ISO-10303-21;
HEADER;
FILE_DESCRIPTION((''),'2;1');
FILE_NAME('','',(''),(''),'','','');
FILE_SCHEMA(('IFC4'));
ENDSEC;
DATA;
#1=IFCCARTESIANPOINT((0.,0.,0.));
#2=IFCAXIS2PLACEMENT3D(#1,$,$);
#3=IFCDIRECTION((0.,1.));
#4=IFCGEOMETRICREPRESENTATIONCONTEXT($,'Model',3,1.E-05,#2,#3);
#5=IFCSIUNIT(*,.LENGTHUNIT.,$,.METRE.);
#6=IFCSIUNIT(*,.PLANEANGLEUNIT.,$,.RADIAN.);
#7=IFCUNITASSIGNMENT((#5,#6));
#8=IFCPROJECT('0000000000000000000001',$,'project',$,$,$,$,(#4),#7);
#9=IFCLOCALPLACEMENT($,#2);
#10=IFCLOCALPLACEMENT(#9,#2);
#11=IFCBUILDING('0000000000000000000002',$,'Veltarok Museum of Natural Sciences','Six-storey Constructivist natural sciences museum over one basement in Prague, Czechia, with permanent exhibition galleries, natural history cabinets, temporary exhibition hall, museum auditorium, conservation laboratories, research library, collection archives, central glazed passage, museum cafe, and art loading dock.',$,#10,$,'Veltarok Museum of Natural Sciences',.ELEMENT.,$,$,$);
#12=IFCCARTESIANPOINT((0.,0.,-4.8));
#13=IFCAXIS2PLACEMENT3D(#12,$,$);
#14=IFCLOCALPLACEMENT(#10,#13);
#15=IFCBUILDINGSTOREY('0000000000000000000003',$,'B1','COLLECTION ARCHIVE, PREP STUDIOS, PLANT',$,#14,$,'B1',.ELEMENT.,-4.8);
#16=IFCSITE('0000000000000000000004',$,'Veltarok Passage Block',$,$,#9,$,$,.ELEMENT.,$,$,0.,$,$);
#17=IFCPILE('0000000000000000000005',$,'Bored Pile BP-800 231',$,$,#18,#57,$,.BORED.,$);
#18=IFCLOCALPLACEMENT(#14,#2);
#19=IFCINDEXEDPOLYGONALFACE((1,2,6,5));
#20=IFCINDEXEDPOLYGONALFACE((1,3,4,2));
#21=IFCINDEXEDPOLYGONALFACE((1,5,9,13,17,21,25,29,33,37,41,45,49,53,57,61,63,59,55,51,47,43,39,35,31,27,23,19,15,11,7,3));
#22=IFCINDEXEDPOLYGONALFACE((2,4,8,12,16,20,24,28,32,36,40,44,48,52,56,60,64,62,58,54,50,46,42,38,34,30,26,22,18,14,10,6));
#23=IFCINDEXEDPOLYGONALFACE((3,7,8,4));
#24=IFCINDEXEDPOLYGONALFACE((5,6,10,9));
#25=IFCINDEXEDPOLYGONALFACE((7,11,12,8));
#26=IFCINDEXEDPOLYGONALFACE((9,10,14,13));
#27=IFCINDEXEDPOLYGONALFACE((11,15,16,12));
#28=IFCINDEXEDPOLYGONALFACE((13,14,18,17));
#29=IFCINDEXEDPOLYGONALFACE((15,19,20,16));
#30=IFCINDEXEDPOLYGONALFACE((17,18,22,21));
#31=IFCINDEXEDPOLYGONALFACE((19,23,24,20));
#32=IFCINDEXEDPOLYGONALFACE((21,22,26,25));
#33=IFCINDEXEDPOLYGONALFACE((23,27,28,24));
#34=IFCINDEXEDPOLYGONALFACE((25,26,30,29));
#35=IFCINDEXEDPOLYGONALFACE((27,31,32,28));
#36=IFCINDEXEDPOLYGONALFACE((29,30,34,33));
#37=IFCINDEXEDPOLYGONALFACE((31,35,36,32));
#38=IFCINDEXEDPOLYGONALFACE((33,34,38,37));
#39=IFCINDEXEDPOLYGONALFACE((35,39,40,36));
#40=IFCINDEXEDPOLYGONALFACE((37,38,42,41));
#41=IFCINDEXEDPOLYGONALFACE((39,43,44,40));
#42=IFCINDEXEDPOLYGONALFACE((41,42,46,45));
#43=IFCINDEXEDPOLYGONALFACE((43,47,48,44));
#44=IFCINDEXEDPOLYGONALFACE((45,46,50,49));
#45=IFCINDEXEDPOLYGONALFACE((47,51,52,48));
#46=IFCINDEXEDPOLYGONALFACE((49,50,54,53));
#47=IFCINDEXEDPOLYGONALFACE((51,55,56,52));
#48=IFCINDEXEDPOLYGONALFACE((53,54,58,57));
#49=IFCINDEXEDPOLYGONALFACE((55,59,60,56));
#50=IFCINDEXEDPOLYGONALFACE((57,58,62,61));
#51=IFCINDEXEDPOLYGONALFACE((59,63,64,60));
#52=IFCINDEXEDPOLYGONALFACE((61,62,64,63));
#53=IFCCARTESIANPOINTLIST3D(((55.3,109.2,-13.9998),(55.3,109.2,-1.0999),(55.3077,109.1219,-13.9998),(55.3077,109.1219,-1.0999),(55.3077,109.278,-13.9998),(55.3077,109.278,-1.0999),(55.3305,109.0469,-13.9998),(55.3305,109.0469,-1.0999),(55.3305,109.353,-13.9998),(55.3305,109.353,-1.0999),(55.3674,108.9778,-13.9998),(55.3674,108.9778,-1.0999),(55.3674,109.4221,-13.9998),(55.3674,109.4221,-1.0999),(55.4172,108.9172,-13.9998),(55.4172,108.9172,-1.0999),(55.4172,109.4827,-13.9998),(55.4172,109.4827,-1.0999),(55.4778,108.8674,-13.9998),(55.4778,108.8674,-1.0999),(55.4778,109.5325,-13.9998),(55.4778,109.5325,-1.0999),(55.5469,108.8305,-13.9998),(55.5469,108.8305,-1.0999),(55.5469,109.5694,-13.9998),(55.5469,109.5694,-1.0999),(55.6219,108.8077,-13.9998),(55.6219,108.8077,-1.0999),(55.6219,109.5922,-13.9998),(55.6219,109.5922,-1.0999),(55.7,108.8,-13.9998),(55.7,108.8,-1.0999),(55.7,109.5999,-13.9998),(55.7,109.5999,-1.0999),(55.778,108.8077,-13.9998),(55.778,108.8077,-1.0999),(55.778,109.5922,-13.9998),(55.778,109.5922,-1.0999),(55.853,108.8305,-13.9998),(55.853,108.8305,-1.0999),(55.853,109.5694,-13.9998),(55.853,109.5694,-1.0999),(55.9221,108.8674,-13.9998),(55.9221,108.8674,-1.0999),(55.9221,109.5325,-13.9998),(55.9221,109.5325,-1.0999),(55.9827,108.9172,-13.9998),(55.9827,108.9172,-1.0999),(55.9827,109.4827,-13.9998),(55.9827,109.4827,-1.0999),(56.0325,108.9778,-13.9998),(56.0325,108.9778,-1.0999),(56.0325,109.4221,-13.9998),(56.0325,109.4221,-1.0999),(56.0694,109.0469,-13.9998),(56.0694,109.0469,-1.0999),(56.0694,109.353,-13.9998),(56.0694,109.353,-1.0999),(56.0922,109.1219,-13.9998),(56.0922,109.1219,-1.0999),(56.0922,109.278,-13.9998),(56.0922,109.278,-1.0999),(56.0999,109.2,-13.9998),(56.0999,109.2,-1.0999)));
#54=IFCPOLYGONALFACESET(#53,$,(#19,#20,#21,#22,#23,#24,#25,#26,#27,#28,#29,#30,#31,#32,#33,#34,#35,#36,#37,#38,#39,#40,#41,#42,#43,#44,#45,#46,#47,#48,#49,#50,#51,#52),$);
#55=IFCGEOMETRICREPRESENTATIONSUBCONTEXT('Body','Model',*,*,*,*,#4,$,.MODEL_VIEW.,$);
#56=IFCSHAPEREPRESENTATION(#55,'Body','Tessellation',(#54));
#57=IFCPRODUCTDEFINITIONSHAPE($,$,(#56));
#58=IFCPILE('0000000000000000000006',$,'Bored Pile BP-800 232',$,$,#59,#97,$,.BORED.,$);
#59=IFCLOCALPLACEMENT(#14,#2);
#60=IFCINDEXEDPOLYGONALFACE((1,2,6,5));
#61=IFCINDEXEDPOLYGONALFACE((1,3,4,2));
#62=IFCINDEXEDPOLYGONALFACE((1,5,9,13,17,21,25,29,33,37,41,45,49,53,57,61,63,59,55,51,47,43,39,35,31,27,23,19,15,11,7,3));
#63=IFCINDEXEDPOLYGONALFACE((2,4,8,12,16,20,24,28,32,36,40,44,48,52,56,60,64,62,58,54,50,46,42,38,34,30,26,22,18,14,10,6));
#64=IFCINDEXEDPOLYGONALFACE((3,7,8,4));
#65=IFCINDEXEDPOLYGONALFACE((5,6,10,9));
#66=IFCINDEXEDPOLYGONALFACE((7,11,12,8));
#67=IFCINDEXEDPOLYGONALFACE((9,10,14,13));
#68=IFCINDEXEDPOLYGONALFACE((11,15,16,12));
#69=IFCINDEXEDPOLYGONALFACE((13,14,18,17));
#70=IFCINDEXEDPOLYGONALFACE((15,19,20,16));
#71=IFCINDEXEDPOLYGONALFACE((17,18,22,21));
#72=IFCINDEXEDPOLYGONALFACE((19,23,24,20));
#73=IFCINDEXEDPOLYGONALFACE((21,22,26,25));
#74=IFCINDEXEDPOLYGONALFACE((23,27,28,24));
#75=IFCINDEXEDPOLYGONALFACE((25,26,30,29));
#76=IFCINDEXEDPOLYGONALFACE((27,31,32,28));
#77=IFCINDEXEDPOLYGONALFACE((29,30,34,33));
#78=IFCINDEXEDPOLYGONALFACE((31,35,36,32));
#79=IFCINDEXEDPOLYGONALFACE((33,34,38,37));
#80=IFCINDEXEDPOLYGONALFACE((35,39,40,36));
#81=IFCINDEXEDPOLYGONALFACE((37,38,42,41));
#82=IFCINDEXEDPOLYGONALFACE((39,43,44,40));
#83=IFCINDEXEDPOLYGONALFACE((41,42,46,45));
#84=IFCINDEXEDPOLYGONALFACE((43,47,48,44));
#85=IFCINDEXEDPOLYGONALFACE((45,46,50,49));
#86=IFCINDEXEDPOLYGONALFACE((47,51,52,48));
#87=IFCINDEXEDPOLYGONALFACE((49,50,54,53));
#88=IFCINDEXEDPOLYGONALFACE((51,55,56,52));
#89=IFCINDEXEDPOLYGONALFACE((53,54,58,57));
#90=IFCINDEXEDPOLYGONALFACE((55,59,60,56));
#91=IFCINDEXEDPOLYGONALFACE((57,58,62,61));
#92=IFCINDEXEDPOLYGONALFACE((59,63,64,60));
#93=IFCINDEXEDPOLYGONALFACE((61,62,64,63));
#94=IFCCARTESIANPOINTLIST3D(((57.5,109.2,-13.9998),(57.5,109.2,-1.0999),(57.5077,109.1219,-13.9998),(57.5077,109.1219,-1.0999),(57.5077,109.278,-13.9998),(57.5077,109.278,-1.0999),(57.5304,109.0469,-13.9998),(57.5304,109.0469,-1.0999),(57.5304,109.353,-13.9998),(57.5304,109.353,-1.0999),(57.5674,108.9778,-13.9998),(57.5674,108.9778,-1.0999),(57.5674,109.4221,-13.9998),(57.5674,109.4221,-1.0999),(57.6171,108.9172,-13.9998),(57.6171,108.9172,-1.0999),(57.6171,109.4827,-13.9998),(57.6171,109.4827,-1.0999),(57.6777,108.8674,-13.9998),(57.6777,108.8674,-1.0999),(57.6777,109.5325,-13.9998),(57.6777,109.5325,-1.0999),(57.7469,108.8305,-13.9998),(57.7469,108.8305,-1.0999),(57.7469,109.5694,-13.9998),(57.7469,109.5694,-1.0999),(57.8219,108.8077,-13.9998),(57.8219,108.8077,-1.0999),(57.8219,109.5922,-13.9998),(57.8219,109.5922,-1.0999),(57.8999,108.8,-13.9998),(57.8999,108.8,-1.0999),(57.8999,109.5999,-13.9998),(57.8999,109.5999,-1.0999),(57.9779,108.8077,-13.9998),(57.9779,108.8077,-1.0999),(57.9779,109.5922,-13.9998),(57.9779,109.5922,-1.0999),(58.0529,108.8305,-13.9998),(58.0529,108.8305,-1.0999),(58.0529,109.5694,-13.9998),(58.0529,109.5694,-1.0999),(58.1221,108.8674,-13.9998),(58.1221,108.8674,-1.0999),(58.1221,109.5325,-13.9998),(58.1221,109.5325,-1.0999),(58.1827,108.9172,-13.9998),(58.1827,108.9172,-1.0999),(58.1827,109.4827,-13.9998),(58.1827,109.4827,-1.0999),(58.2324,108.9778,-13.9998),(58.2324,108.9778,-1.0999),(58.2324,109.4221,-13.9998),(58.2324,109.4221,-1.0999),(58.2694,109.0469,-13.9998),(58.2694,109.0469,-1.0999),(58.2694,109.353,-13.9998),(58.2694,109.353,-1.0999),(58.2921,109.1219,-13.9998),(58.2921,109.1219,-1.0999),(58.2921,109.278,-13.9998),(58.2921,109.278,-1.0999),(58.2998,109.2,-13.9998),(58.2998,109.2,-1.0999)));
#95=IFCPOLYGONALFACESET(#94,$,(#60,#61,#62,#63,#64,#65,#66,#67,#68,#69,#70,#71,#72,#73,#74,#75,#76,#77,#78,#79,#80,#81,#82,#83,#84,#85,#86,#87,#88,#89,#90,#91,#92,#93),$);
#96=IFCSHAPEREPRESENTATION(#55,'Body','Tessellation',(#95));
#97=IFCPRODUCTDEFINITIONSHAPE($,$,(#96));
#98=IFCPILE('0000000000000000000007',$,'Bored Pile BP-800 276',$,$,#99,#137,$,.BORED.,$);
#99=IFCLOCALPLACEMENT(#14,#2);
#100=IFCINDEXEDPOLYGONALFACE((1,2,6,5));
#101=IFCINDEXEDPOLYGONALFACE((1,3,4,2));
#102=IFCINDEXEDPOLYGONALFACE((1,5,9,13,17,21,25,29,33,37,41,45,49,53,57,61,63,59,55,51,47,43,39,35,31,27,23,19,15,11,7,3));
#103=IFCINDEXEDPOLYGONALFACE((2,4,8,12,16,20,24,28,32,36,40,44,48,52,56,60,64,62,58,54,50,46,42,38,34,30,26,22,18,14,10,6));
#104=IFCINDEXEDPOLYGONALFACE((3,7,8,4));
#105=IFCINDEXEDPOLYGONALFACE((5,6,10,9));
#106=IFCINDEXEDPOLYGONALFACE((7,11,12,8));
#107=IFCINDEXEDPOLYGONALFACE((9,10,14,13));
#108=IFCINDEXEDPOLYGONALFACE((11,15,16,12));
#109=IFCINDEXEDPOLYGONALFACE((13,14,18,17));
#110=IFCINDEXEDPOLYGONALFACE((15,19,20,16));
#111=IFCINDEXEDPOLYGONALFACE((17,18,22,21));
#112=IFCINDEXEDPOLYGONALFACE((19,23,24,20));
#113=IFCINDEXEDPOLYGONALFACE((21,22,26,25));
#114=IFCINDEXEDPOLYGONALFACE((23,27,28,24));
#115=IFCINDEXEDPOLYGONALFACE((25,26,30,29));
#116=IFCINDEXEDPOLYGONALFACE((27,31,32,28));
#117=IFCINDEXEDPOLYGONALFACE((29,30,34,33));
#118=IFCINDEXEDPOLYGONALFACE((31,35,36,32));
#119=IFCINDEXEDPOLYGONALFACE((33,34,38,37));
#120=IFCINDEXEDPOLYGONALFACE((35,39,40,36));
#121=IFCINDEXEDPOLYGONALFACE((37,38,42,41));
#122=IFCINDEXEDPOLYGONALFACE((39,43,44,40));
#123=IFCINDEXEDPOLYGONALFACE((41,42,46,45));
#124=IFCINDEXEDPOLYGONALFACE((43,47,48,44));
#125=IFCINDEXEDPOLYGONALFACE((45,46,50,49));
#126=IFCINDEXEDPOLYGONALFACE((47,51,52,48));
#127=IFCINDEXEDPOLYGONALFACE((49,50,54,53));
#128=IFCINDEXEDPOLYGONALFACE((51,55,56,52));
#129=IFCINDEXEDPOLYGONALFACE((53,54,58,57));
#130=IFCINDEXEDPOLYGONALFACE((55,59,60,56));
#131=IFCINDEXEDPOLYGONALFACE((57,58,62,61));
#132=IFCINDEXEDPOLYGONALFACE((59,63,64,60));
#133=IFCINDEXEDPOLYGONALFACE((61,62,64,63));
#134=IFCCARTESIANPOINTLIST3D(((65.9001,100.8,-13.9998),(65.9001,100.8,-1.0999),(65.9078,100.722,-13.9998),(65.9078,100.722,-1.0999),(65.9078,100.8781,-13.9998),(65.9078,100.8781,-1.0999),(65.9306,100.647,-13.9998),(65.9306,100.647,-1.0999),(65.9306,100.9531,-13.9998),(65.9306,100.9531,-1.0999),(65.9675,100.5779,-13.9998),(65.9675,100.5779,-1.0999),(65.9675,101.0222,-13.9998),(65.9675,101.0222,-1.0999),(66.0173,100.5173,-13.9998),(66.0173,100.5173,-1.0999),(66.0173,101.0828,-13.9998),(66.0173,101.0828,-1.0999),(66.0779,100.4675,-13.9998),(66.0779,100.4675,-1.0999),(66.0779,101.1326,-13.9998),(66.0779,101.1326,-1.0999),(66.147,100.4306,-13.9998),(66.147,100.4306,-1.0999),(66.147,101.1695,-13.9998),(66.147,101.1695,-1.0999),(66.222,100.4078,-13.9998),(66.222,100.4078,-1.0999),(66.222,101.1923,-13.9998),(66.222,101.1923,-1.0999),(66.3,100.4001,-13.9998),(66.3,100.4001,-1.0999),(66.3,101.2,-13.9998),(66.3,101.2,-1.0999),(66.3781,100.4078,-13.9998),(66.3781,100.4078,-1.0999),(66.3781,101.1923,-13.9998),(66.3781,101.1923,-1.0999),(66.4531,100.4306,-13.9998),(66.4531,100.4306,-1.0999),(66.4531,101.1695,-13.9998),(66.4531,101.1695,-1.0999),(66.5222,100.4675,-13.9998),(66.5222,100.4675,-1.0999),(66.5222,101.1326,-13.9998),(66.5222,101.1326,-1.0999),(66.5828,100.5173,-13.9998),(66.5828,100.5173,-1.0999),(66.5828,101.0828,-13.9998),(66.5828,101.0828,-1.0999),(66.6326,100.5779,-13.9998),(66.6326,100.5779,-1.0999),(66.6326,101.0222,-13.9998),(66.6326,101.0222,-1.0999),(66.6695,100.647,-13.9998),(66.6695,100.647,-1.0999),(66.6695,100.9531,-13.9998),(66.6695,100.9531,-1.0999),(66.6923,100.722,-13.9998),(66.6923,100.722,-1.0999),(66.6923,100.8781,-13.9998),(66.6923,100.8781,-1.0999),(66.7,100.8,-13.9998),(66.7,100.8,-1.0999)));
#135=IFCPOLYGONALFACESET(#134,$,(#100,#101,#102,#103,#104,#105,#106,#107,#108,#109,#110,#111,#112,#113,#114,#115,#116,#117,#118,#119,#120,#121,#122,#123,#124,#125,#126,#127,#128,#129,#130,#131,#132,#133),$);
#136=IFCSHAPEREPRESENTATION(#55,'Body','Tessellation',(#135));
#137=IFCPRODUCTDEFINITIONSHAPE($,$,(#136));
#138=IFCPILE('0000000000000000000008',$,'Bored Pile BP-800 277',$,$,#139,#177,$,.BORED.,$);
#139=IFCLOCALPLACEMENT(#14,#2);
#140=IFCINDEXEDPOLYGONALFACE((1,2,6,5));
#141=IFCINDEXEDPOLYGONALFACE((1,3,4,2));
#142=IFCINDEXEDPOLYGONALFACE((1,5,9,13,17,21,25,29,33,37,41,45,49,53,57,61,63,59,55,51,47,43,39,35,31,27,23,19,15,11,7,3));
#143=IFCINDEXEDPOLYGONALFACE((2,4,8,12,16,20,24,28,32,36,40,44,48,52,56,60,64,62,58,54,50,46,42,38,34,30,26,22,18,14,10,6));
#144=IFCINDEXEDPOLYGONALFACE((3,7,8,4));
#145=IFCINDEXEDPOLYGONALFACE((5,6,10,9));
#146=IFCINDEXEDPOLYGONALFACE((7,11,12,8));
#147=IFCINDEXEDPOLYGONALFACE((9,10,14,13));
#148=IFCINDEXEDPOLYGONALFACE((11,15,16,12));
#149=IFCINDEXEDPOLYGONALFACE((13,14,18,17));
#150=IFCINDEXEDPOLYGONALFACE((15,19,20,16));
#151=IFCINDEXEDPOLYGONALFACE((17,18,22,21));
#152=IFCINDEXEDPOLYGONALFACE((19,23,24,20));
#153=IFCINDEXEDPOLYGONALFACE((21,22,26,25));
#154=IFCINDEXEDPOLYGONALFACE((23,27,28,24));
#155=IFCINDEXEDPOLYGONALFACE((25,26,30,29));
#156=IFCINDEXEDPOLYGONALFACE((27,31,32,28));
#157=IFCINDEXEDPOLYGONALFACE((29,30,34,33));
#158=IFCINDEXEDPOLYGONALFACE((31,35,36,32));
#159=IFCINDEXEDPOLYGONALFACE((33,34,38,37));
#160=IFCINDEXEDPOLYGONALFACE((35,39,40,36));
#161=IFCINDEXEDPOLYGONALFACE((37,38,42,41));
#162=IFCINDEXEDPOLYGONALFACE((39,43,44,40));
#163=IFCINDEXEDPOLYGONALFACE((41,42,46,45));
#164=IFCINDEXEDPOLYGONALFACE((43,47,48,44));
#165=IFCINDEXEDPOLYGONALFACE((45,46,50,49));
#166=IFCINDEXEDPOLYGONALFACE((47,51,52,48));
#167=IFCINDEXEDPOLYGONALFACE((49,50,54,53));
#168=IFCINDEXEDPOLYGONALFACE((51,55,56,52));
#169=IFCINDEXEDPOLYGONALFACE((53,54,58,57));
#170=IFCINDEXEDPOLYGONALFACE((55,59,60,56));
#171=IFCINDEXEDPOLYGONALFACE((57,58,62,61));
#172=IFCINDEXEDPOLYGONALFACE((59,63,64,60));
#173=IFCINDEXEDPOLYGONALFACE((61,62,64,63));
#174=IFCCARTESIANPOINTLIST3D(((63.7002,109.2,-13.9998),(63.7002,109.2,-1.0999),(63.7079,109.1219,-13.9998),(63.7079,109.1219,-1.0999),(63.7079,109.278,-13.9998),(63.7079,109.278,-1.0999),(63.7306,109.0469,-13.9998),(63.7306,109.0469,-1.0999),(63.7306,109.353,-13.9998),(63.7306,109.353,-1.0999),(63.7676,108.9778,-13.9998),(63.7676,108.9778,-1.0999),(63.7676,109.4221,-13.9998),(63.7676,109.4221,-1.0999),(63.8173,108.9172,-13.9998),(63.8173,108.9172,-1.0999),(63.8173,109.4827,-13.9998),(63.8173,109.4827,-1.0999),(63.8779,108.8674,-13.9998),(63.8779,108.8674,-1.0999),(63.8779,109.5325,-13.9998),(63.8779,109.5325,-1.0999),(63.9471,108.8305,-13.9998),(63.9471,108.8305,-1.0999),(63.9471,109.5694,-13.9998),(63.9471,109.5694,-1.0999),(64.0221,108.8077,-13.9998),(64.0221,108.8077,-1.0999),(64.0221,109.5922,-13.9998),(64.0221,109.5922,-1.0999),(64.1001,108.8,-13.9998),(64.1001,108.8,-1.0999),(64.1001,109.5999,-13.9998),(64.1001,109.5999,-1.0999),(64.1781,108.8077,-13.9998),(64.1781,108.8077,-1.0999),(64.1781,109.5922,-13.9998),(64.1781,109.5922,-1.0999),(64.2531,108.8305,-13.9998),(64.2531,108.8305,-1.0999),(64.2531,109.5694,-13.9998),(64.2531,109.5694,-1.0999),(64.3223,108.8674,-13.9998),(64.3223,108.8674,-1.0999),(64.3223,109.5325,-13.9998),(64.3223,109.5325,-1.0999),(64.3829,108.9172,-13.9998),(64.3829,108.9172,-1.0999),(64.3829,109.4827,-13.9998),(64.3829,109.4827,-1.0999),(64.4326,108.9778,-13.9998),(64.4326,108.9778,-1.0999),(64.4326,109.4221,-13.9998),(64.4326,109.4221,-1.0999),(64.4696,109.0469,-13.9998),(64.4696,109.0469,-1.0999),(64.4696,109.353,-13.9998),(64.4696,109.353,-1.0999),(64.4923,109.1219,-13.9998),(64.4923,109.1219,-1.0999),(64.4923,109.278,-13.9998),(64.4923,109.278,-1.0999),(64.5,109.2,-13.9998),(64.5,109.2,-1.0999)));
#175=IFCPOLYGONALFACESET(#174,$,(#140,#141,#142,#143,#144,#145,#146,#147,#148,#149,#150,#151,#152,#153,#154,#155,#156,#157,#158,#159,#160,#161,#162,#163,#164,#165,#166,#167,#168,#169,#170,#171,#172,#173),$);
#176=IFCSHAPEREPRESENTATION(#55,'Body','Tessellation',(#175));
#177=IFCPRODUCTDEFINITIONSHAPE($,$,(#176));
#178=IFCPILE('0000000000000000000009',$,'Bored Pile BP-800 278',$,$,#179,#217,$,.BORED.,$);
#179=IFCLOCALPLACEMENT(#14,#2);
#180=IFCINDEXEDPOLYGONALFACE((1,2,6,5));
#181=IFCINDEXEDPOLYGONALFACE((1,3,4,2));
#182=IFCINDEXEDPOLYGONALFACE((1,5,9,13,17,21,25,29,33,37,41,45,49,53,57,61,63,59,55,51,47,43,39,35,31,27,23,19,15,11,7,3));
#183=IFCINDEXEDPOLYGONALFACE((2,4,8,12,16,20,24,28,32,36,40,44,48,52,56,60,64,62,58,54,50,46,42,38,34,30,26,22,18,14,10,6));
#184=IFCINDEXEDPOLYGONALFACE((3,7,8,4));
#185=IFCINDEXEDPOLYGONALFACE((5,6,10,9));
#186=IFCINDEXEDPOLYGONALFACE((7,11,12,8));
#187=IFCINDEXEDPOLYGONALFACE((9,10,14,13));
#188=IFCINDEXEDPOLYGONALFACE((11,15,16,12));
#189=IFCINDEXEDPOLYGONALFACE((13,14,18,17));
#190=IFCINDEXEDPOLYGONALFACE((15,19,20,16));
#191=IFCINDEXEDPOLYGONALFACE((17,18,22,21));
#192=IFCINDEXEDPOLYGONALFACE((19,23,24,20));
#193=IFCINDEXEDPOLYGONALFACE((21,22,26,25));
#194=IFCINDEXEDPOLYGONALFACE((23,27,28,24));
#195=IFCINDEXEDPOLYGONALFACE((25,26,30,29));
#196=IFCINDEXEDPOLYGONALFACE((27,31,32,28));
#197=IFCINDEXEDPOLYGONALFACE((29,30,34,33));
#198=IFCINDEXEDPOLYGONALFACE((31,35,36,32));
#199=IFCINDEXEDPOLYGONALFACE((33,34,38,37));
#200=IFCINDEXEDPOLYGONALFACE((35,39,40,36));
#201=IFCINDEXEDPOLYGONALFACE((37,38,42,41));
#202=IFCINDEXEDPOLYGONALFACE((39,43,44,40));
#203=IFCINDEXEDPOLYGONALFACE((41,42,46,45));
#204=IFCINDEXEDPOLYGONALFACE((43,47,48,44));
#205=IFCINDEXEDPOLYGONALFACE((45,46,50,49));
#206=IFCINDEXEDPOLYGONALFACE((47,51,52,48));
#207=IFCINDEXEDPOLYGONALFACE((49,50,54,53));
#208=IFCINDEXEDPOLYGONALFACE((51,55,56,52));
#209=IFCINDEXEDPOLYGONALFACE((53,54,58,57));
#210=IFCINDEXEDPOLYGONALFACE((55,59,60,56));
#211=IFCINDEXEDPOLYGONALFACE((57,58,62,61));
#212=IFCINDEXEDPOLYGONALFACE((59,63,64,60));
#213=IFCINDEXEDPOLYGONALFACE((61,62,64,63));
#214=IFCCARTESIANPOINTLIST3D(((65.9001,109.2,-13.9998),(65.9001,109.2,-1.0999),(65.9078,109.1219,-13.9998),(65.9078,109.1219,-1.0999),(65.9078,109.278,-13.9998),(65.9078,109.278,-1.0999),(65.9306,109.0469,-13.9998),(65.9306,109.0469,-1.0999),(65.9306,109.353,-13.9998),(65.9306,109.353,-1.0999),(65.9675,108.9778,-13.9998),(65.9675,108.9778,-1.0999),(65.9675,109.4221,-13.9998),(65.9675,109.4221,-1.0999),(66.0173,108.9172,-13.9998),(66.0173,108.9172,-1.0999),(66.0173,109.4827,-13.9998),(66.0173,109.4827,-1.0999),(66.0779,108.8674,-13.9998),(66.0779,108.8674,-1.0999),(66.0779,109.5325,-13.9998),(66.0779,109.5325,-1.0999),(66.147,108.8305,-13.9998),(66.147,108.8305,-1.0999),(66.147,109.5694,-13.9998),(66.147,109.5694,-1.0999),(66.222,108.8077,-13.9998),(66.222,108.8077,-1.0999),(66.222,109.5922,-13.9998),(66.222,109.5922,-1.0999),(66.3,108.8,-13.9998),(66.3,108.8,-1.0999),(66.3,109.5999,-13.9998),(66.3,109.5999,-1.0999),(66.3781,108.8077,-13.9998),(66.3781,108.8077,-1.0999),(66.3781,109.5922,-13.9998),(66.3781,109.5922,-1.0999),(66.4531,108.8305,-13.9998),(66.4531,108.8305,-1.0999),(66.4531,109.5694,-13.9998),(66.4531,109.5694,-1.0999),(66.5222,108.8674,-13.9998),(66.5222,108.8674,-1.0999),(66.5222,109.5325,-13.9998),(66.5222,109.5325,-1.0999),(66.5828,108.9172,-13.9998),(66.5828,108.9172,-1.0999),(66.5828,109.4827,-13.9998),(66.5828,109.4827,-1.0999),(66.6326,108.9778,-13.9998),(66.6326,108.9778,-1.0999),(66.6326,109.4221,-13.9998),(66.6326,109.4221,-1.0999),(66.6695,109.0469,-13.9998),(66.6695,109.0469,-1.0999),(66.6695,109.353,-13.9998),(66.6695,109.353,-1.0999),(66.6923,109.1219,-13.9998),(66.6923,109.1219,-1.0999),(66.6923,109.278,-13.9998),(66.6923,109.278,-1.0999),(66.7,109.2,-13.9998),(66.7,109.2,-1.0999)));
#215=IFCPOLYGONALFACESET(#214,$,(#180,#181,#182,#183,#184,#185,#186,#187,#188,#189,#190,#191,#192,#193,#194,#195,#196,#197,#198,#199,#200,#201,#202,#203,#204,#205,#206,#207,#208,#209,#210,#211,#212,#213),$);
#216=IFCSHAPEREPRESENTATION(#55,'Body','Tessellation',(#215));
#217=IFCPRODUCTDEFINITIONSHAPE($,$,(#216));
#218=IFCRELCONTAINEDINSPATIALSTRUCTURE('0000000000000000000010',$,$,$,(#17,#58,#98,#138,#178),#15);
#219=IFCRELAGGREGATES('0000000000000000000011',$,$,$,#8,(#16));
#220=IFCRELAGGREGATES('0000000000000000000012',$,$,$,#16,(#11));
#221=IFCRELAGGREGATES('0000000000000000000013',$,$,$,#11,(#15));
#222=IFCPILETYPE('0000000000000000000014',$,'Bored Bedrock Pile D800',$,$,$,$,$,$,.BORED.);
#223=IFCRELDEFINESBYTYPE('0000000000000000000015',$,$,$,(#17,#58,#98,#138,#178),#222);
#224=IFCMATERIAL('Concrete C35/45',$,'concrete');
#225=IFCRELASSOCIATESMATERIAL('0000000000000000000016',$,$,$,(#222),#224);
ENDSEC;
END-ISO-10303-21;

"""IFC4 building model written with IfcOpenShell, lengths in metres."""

from ifc_helpers import new_model, si_unit, direction, frame, origin, origin_2d, place, context, subcontext, project, spatial, circle, extrude, material, material_profile, profile_set, type_object, element, save


model = new_model("IFC4")

# Units and contexts
model_context = context("Model", 3, precision=1e-05, world=origin(), true_north=direction((0.0, 1.0)))
body_context = subcontext(model_context, "Body", "Model", "MODEL_VIEW")
ifc_project = project(units=[si_unit("LENGTHUNIT", "METRE"), si_unit("PLANEANGLEUNIT", "RADIAN")], contexts=[model_context])

# Site, building, storey
site_placement = place(None, origin())
site = spatial("IfcSite", under=ifc_project, at=site_placement, Name="Veltarok Passage Block", CompositionType="ELEMENT", RefElevation=0.0)
building_placement = place(site_placement, origin())
building = spatial("IfcBuilding", under=site, at=building_placement, Name="Veltarok Museum of Natural Sciences", Description="Six-storey Constructivist natural sciences museum over one basement in Prague, Czechia, with permanent exhibition galleries, natural history cabinets, temporary exhibition hall, museum auditorium, conservation laboratories, research library, collection archives, central glazed passage, museum cafe, and art loading dock.", LongName="Veltarok Museum of Natural Sciences", CompositionType="ELEMENT")
storey_placement = place(building_placement, frame((0.0, 0.0, -4.8)))
storey = spatial("IfcBuildingStorey", under=building, at=storey_placement, Name="B1", Description="COLLECTION ARCHIVE, PREP STUDIOS, PLANT", LongName="B1", CompositionType="ELEMENT", Elevation=-4.8)

# Piles
ifc_material_1 = material(Name="Concrete C35/45", Category="concrete")
ifc_material_profile_1 = material_profile(ifc_material_1, circle(Radius=0.3999, at=origin_2d()), Name="BP D800")
ifc_profile_set_1 = profile_set([ifc_material_profile_1], Name="Concrete C35/45")
pile_type = type_object("IfcPileType", Name="Bored Bedrock Pile D800", PredefinedType="BORED", material=ifc_profile_set_1)
for number, where, z_axis, x_axis, name in (
    (1, (55.7, 109.2, -1.0999), (0.0, 0.0, -1.0), (1.0, 0.0, 0.0), "Bored Pile BP-800 231"),
    (2, (57.8999, 109.2, -1.0999), (0.0, 0.0, -1.0), (1.0, 0.0, 0.0), "Bored Pile BP-800 232"),
    (3, (66.3, 100.8, -1.0999), (0.0, 0.0, -1.0), (1.0, 0.0, 0.0), "Bored Pile BP-800 276"),
    (4, (64.1001, 109.2, -1.0999), (0.0, 0.0, -1.0), (1.0, 0.0, 0.0), "Bored Pile BP-800 277"),
    (5, (66.3, 109.2, -1.0999), (0.0, 0.0, -1.0), (1.0, 0.0, 0.0), "Bored Pile BP-800 278"),
):
    element("IfcPile", number, at=place(storey_placement, frame(where, z_axis=z_axis, x_axis=x_axis)), inside=storey, type_object=pile_type, Name=name, PredefinedType="BORED", context=body_context, shape_type="SweptSolid", body=[
        extrude(circle(Radius=0.3999, at=origin_2d()), origin(), (0.0, 0.0, 1.0), 12.8999),
    ])

save(model, "model.ifc")
